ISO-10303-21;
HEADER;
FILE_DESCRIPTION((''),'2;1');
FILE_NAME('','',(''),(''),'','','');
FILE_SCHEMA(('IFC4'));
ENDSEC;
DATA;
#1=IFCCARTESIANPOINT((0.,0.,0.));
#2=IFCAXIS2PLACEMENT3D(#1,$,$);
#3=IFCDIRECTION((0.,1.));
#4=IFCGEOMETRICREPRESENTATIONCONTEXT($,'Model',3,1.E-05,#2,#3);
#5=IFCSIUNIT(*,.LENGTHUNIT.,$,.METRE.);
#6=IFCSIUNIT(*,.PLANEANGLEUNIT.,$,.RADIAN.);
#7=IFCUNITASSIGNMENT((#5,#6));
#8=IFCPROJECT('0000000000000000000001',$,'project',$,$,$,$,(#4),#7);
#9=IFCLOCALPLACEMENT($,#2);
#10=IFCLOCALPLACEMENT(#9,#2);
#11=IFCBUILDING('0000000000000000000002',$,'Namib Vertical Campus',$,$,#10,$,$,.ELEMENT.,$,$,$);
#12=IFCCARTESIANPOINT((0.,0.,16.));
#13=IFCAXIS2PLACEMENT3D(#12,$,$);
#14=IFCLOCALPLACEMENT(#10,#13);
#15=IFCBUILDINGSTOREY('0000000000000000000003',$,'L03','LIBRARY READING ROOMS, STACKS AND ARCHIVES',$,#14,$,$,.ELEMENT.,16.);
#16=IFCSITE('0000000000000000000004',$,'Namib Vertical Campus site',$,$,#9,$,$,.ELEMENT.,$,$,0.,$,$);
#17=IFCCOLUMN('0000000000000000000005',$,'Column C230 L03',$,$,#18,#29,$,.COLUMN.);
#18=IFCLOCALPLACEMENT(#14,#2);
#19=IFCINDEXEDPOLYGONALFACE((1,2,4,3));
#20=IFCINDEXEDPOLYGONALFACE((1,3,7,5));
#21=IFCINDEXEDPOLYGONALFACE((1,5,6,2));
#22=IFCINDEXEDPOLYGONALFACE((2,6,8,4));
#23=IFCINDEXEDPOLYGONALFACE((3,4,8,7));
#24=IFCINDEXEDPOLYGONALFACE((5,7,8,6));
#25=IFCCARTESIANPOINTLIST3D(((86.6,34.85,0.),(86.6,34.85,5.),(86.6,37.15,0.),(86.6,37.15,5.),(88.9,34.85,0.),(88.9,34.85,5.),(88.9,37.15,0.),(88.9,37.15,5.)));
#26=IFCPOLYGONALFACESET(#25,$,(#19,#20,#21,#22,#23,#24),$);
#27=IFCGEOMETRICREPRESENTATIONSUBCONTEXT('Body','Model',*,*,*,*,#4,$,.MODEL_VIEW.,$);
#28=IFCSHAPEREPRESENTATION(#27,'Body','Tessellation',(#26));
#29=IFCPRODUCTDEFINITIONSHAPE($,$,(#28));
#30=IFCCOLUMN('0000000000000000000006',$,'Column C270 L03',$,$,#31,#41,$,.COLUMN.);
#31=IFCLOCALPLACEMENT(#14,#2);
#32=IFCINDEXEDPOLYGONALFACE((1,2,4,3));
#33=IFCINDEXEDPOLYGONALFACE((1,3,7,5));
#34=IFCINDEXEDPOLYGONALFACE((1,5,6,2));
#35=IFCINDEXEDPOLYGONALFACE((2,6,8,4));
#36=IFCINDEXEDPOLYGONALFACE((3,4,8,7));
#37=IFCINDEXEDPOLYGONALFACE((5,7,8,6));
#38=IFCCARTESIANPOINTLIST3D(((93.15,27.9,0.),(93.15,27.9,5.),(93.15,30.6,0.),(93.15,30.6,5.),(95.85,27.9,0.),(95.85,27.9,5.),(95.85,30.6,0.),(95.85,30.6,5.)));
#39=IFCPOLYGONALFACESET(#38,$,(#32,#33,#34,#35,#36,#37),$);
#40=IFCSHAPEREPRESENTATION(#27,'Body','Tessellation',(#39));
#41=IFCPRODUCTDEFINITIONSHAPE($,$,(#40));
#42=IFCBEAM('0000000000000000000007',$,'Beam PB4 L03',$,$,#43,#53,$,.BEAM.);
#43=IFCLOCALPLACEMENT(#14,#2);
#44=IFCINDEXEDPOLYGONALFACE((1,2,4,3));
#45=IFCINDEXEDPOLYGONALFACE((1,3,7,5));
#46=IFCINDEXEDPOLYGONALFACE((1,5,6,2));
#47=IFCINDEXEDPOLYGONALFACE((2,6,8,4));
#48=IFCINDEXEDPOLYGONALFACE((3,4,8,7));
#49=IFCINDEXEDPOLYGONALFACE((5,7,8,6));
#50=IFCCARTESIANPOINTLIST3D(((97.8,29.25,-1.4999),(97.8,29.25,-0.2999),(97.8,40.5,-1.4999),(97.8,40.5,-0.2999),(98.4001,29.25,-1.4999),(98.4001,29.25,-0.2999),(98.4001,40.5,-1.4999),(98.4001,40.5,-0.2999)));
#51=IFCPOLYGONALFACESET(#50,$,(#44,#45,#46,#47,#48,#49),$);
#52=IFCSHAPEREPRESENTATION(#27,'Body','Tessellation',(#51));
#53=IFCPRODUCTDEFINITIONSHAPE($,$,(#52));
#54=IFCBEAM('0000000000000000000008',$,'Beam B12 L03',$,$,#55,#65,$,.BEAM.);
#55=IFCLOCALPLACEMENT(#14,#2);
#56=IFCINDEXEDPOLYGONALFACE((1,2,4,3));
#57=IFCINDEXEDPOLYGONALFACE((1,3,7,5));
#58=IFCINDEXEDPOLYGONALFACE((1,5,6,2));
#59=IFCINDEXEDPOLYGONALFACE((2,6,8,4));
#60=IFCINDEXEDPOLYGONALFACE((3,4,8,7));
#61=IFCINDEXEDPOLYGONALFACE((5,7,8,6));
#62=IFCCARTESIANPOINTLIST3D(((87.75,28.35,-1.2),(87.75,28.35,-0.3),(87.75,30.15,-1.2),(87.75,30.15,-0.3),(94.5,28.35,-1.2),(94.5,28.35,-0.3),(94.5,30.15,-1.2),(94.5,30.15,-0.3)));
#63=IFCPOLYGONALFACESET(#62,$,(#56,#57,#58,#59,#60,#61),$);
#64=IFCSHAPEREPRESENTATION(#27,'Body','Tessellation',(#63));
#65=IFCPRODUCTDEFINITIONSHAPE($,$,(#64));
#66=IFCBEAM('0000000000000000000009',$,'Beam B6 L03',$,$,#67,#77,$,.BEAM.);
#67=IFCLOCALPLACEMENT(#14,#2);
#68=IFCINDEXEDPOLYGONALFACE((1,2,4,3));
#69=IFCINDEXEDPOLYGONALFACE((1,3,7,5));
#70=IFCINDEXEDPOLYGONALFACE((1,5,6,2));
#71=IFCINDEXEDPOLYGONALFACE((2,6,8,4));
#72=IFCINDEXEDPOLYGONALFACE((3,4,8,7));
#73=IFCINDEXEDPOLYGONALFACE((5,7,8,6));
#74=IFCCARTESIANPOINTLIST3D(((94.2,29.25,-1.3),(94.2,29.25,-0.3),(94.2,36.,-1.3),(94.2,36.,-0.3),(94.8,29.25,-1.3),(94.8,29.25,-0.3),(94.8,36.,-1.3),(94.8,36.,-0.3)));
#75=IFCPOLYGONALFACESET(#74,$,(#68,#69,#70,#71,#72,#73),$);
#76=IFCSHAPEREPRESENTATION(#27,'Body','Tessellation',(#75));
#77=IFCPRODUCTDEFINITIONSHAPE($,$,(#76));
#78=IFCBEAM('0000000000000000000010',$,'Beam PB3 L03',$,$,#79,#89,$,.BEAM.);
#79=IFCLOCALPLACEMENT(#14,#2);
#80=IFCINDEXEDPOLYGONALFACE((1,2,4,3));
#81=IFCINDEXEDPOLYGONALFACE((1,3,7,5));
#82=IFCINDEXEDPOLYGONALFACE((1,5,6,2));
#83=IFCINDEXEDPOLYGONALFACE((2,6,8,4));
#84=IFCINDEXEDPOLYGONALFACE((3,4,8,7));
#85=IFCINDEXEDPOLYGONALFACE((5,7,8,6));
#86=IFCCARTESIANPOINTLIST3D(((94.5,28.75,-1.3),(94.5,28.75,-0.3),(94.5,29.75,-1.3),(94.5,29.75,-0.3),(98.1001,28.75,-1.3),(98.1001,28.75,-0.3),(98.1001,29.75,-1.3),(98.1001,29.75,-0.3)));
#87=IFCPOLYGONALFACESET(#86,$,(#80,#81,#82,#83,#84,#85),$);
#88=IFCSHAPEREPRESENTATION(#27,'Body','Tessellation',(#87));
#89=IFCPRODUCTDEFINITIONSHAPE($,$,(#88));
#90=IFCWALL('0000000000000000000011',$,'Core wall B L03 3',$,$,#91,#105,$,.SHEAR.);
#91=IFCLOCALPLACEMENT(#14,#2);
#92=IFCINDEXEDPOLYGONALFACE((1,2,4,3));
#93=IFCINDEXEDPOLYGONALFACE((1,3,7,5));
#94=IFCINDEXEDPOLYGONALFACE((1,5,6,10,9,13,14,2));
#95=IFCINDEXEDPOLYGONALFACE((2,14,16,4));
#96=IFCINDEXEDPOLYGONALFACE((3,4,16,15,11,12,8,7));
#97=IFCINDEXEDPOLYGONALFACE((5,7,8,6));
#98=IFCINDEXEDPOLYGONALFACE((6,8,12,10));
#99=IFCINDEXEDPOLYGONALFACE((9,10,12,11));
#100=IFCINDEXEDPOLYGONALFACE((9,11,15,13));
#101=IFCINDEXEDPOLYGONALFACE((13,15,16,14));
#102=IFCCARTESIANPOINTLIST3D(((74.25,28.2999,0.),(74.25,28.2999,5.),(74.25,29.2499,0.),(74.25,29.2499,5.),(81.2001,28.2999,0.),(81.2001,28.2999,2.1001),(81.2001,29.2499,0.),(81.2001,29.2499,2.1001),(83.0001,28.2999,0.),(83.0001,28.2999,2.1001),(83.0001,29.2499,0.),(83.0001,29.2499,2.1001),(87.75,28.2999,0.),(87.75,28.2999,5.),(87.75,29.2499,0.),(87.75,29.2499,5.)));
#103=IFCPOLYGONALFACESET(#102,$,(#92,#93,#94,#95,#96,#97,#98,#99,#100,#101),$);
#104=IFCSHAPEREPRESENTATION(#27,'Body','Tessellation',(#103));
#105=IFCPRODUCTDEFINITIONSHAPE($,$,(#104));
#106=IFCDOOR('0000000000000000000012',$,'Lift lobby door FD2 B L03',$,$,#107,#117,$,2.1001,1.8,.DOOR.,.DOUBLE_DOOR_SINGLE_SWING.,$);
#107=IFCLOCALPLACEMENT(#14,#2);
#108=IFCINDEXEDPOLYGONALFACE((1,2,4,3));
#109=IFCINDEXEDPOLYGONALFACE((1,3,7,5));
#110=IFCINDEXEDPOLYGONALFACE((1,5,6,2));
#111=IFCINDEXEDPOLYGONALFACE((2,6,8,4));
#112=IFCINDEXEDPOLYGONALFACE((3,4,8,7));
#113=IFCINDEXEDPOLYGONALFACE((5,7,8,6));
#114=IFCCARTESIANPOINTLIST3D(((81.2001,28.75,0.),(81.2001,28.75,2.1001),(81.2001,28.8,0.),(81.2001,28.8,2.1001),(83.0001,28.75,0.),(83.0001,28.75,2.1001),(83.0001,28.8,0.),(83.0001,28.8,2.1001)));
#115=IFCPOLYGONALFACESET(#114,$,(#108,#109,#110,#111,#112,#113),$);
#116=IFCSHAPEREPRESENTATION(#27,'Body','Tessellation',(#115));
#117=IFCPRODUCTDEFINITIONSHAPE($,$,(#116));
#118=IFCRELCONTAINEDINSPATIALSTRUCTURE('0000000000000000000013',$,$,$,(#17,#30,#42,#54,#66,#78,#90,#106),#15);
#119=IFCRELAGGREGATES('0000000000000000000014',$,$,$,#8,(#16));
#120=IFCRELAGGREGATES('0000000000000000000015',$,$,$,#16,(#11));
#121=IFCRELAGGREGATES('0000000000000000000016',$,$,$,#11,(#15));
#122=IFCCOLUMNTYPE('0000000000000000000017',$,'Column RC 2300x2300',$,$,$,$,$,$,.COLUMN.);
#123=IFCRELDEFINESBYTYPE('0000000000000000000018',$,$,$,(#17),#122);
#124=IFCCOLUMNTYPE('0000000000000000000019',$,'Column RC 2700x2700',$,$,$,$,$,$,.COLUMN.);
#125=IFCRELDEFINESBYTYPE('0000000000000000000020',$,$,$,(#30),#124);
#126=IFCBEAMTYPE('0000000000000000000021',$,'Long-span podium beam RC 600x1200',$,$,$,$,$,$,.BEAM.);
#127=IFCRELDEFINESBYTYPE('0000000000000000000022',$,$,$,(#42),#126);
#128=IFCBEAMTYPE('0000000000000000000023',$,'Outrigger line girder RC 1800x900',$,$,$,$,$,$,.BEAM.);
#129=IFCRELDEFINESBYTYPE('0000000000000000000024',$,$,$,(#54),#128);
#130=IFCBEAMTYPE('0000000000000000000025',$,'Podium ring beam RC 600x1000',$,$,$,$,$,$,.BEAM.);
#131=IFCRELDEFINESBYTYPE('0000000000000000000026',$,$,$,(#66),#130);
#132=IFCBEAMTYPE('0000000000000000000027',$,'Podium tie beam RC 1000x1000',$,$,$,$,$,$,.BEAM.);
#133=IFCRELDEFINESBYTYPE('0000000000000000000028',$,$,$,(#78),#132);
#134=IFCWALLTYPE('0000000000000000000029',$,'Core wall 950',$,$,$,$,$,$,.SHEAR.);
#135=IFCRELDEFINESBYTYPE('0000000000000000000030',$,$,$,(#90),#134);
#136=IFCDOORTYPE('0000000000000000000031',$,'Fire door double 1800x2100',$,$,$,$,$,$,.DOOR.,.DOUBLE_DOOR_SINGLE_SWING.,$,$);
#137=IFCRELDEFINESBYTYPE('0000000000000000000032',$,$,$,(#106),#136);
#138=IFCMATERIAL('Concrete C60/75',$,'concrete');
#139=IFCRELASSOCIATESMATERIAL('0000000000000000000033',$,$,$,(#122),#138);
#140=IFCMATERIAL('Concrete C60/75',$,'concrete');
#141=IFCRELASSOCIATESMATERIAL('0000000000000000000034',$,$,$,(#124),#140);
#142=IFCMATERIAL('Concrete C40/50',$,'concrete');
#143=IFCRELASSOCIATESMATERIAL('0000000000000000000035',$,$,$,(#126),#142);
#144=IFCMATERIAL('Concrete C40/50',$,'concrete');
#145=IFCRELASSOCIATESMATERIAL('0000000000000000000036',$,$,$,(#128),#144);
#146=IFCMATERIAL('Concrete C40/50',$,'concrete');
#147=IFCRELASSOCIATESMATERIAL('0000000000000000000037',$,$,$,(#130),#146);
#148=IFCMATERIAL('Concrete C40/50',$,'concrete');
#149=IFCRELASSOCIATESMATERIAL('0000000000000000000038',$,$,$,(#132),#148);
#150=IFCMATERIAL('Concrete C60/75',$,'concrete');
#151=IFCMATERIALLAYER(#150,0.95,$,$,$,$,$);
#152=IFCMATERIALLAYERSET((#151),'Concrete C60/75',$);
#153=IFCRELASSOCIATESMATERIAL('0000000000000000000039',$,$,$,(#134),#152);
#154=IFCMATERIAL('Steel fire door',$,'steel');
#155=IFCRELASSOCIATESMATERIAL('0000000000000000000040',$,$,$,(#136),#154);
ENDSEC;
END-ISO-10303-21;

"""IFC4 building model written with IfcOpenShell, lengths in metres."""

from ifc_helpers import new_model, si_unit, direction, frame, frame_2d, origin, origin_2d, place, context, subcontext, project, spatial, rectangle, extrude, material, layer, layer_set, material_profile, profile_set, type_object, element, fill, save


model = new_model("IFC4")

# Units and contexts
model_context = context("Model", 3, precision=1e-05, world=origin(), true_north=direction((0.0, 1.0)))
body_context = subcontext(model_context, "Body", "Model", "MODEL_VIEW")
ifc_project = project(units=[si_unit("LENGTHUNIT", "METRE"), si_unit("PLANEANGLEUNIT", "RADIAN")], contexts=[model_context])

# Site, building, storey
site_placement = place(None, origin())
site = spatial("IfcSite", under=ifc_project, at=site_placement, Name="Namib Vertical Campus site", CompositionType="ELEMENT", RefElevation=0.0)
building_placement = place(site_placement, origin())
building = spatial("IfcBuilding", under=site, at=building_placement, Name="Namib Vertical Campus", CompositionType="ELEMENT")
storey_placement = place(building_placement, frame((0.0, 0.0, 16.0)))
storey = spatial("IfcBuildingStorey", under=building, at=storey_placement, Name="L03", Description="LIBRARY READING ROOMS, STACKS AND ARCHIVES", CompositionType="ELEMENT", Elevation=16.0)

# Columns
ifc_material_1 = material(Name="Concrete C60/75", Category="concrete")
ifc_material_profile_1 = material_profile(ifc_material_1, rectangle(XDim=2.3, YDim=2.3, at=origin_2d()))
ifc_profile_set_1 = profile_set([ifc_material_profile_1], Name="Concrete C60/75")
column_type_1 = type_object("IfcColumnType", Name="Column RC 2300x2300", PredefinedType="COLUMN", material=ifc_profile_set_1)
column_1_placement = place(storey_placement, frame((87.75, 36.0, 0.0), z_axis=(0.0, 0.0, 1.0), x_axis=(1.0, 0.0, 0.0)))
element("IfcColumn", 1, at=column_1_placement, inside=storey, type_object=column_type_1, Name="Column C230 L03", PredefinedType="COLUMN", context=body_context, shape_type="SweptSolid", body=[
    extrude(rectangle(XDim=2.3, YDim=2.3, at=origin_2d()), origin(), (0.0, 0.0, 1.0), 5.0),
])
ifc_material_2 = material(Name="Concrete C60/75", Category="concrete")
ifc_material_profile_2 = material_profile(ifc_material_2, rectangle(XDim=2.7, YDim=2.7, at=origin_2d()))
ifc_profile_set_2 = profile_set([ifc_material_profile_2], Name="Concrete C60/75")
column_type_2 = type_object("IfcColumnType", Name="Column RC 2700x2700", PredefinedType="COLUMN", material=ifc_profile_set_2)
column_2_placement = place(storey_placement, frame((94.5, 29.25, 0.0), z_axis=(0.0, 0.0, 1.0), x_axis=(1.0, 0.0, 0.0)))
element("IfcColumn", 2, at=column_2_placement, inside=storey, type_object=column_type_2, Name="Column C270 L03", PredefinedType="COLUMN", context=body_context, shape_type="SweptSolid", body=[
    extrude(rectangle(XDim=2.7, YDim=2.7, at=origin_2d()), origin(), (0.0, 0.0, 1.0), 5.0),
])

# Beams
ifc_material_3 = material(Name="Concrete C40/50", Category="concrete")
ifc_material_profile_3 = material_profile(ifc_material_3, rectangle(XDim=0.6001, YDim=1.2, at=origin_2d()))
ifc_profile_set_3 = profile_set([ifc_material_profile_3], Name="Concrete C40/50")
beam_type_1 = type_object("IfcBeamType", Name="Long-span podium beam RC 600x1200", PredefinedType="BEAM", material=ifc_profile_set_3)
beam_1_placement = place(storey_placement, frame((98.1001, 29.25, -0.8999), z_axis=(0.0, 1.0, 0.0), x_axis=(-1.0, 0.0, 0.0)))
element("IfcBeam", 3, at=beam_1_placement, inside=storey, type_object=beam_type_1, Name="Beam PB4 L03", PredefinedType="BEAM", context=body_context, shape_type="SweptSolid", body=[
    extrude(rectangle(XDim=0.6001, YDim=1.2, at=origin_2d()), origin(), (0.0, 0.0, 1.0), 11.25),
])
ifc_material_4 = material(Name="Concrete C40/50", Category="concrete")
ifc_material_profile_4 = material_profile(ifc_material_4, rectangle(XDim=1.8, YDim=0.8999, at=origin_2d()))
ifc_profile_set_4 = profile_set([ifc_material_profile_4], Name="Concrete C40/50")
beam_type_2 = type_object("IfcBeamType", Name="Outrigger line girder RC 1800x900", PredefinedType="BEAM", material=ifc_profile_set_4)
beam_2_placement = place(storey_placement, frame((94.5, 29.25, -0.75), z_axis=(-1.0, 0.0, 0.0), x_axis=(0.0, -1.0, 0.0)))
element("IfcBeam", 4, at=beam_2_placement, inside=storey, type_object=beam_type_2, Name="Beam B12 L03", PredefinedType="BEAM", context=body_context, shape_type="SweptSolid", body=[
    extrude(rectangle(XDim=1.8, YDim=0.8999, at=origin_2d()), origin(), (0.0, 0.0, 1.0), 6.75),
])
ifc_material_5 = material(Name="Concrete C40/50", Category="concrete")
ifc_material_profile_5 = material_profile(ifc_material_5, rectangle(XDim=0.6001, YDim=1.0, at=origin_2d()))
ifc_profile_set_5 = profile_set([ifc_material_profile_5], Name="Concrete C40/50")
beam_type_3 = type_object("IfcBeamType", Name="Podium ring beam RC 600x1000", PredefinedType="BEAM", material=ifc_profile_set_5)
beam_3_placement = place(storey_placement, frame((94.5, 29.25, -0.8), z_axis=(0.0, 1.0, 0.0), x_axis=(-1.0, 0.0, 0.0)))
element("IfcBeam", 5, at=beam_3_placement, inside=storey, type_object=beam_type_3, Name="Beam B6 L03", PredefinedType="BEAM", context=body_context, shape_type="SweptSolid", body=[
    extrude(rectangle(XDim=0.6001, YDim=1.0, at=origin_2d()), origin(), (0.0, 0.0, 1.0), 6.75),
])
ifc_material_6 = material(Name="Concrete C40/50", Category="concrete")
ifc_material_profile_6 = material_profile(ifc_material_6, rectangle(XDim=1.0, YDim=1.0, at=origin_2d()))
ifc_profile_set_6 = profile_set([ifc_material_profile_6], Name="Concrete C40/50")
beam_type_4 = type_object("IfcBeamType", Name="Podium tie beam RC 1000x1000", PredefinedType="BEAM", material=ifc_profile_set_6)
beam_4_placement = place(storey_placement, frame((94.5, 29.25, -0.8), z_axis=(1.0, 0.0, 0.0), x_axis=(0.0, 1.0, 0.0)))
element("IfcBeam", 6, at=beam_4_placement, inside=storey, type_object=beam_type_4, Name="Beam PB3 L03", PredefinedType="BEAM", context=body_context, shape_type="SweptSolid", body=[
    extrude(rectangle(XDim=1.0, YDim=1.0, at=origin_2d()), origin(), (0.0, 0.0, 1.0), 3.6001),
])

# Wall, opening, door
ifc_material_7 = material(Name="Concrete C60/75", Category="concrete")
ifc_layer_1 = layer(ifc_material_7, 0.95)
ifc_layer_set_1 = layer_set([ifc_layer_1], Name="Concrete C60/75")
wall_type_1 = type_object("IfcWallType", Name="Core wall 950", PredefinedType="SHEAR", material=ifc_layer_set_1)
wall_1_placement = place(storey_placement, frame((87.75, 28.7749, 0.0), z_axis=(0.0, 0.0, 1.0), x_axis=(-1.0, 0.0, 0.0)))
wall_1 = element("IfcWall", 7, at=wall_1_placement, inside=storey, type_object=wall_type_1, Name="Core wall B L03 3", PredefinedType="SHEAR", context=body_context, shape_type="SweptSolid", body=[
    extrude(rectangle(XDim=13.5, YDim=0.95, at=frame_2d((6.75, 0.0))), origin(), (0.0, 0.0, 1.0), 5.0),
])
opening_1_placement = place(wall_1_placement, frame((4.75, 0.0, 0.0)))
opening_1 = element("IfcOpeningElement", 8, at=opening_1_placement, cuts=wall_1, PredefinedType="OPENING", context=body_context, shape_type="SweptSolid", body=[
    extrude(rectangle(XDim=1.8, YDim=2.1001, at=frame_2d((0.8999, 1.05))), frame((0.0, 0.4849, 0.0), z_axis=(0.0, -1.0, 0.0), x_axis=(1.0, 0.0, 0.0)), (0.0, 0.0, 1.0), 0.97),
])
ifc_material_8 = material(Name="Steel fire door", Category="steel")
door_type_1 = type_object("IfcDoorType", Name="Fire door double 1800x2100", OperationType="DOUBLE_DOOR_SINGLE_SWING", PredefinedType="DOOR", material=ifc_material_8)
door_1_placement = place(opening_1_placement, origin())
door_1 = element("IfcDoor", 9, at=door_1_placement, inside=storey, type_object=door_type_1, Name="Lift lobby door FD2 B L03", OperationType="DOUBLE_DOOR_SINGLE_SWING", OverallHeight=2.1001, OverallWidth=1.8, PredefinedType="DOOR", context=body_context, shape_type="SweptSolid", body=[
    extrude(rectangle(XDim=1.8, YDim=2.1001, at=frame_2d((0.8999, 1.05))), frame((0.0, 0.0249, 0.0), z_axis=(0.0, -1.0, 0.0), x_axis=(1.0, 0.0, 0.0)), (0.0, 0.0, 1.0), 0.05),
])
fill(opening_1, door_1)

save(model, "model.ifc")
